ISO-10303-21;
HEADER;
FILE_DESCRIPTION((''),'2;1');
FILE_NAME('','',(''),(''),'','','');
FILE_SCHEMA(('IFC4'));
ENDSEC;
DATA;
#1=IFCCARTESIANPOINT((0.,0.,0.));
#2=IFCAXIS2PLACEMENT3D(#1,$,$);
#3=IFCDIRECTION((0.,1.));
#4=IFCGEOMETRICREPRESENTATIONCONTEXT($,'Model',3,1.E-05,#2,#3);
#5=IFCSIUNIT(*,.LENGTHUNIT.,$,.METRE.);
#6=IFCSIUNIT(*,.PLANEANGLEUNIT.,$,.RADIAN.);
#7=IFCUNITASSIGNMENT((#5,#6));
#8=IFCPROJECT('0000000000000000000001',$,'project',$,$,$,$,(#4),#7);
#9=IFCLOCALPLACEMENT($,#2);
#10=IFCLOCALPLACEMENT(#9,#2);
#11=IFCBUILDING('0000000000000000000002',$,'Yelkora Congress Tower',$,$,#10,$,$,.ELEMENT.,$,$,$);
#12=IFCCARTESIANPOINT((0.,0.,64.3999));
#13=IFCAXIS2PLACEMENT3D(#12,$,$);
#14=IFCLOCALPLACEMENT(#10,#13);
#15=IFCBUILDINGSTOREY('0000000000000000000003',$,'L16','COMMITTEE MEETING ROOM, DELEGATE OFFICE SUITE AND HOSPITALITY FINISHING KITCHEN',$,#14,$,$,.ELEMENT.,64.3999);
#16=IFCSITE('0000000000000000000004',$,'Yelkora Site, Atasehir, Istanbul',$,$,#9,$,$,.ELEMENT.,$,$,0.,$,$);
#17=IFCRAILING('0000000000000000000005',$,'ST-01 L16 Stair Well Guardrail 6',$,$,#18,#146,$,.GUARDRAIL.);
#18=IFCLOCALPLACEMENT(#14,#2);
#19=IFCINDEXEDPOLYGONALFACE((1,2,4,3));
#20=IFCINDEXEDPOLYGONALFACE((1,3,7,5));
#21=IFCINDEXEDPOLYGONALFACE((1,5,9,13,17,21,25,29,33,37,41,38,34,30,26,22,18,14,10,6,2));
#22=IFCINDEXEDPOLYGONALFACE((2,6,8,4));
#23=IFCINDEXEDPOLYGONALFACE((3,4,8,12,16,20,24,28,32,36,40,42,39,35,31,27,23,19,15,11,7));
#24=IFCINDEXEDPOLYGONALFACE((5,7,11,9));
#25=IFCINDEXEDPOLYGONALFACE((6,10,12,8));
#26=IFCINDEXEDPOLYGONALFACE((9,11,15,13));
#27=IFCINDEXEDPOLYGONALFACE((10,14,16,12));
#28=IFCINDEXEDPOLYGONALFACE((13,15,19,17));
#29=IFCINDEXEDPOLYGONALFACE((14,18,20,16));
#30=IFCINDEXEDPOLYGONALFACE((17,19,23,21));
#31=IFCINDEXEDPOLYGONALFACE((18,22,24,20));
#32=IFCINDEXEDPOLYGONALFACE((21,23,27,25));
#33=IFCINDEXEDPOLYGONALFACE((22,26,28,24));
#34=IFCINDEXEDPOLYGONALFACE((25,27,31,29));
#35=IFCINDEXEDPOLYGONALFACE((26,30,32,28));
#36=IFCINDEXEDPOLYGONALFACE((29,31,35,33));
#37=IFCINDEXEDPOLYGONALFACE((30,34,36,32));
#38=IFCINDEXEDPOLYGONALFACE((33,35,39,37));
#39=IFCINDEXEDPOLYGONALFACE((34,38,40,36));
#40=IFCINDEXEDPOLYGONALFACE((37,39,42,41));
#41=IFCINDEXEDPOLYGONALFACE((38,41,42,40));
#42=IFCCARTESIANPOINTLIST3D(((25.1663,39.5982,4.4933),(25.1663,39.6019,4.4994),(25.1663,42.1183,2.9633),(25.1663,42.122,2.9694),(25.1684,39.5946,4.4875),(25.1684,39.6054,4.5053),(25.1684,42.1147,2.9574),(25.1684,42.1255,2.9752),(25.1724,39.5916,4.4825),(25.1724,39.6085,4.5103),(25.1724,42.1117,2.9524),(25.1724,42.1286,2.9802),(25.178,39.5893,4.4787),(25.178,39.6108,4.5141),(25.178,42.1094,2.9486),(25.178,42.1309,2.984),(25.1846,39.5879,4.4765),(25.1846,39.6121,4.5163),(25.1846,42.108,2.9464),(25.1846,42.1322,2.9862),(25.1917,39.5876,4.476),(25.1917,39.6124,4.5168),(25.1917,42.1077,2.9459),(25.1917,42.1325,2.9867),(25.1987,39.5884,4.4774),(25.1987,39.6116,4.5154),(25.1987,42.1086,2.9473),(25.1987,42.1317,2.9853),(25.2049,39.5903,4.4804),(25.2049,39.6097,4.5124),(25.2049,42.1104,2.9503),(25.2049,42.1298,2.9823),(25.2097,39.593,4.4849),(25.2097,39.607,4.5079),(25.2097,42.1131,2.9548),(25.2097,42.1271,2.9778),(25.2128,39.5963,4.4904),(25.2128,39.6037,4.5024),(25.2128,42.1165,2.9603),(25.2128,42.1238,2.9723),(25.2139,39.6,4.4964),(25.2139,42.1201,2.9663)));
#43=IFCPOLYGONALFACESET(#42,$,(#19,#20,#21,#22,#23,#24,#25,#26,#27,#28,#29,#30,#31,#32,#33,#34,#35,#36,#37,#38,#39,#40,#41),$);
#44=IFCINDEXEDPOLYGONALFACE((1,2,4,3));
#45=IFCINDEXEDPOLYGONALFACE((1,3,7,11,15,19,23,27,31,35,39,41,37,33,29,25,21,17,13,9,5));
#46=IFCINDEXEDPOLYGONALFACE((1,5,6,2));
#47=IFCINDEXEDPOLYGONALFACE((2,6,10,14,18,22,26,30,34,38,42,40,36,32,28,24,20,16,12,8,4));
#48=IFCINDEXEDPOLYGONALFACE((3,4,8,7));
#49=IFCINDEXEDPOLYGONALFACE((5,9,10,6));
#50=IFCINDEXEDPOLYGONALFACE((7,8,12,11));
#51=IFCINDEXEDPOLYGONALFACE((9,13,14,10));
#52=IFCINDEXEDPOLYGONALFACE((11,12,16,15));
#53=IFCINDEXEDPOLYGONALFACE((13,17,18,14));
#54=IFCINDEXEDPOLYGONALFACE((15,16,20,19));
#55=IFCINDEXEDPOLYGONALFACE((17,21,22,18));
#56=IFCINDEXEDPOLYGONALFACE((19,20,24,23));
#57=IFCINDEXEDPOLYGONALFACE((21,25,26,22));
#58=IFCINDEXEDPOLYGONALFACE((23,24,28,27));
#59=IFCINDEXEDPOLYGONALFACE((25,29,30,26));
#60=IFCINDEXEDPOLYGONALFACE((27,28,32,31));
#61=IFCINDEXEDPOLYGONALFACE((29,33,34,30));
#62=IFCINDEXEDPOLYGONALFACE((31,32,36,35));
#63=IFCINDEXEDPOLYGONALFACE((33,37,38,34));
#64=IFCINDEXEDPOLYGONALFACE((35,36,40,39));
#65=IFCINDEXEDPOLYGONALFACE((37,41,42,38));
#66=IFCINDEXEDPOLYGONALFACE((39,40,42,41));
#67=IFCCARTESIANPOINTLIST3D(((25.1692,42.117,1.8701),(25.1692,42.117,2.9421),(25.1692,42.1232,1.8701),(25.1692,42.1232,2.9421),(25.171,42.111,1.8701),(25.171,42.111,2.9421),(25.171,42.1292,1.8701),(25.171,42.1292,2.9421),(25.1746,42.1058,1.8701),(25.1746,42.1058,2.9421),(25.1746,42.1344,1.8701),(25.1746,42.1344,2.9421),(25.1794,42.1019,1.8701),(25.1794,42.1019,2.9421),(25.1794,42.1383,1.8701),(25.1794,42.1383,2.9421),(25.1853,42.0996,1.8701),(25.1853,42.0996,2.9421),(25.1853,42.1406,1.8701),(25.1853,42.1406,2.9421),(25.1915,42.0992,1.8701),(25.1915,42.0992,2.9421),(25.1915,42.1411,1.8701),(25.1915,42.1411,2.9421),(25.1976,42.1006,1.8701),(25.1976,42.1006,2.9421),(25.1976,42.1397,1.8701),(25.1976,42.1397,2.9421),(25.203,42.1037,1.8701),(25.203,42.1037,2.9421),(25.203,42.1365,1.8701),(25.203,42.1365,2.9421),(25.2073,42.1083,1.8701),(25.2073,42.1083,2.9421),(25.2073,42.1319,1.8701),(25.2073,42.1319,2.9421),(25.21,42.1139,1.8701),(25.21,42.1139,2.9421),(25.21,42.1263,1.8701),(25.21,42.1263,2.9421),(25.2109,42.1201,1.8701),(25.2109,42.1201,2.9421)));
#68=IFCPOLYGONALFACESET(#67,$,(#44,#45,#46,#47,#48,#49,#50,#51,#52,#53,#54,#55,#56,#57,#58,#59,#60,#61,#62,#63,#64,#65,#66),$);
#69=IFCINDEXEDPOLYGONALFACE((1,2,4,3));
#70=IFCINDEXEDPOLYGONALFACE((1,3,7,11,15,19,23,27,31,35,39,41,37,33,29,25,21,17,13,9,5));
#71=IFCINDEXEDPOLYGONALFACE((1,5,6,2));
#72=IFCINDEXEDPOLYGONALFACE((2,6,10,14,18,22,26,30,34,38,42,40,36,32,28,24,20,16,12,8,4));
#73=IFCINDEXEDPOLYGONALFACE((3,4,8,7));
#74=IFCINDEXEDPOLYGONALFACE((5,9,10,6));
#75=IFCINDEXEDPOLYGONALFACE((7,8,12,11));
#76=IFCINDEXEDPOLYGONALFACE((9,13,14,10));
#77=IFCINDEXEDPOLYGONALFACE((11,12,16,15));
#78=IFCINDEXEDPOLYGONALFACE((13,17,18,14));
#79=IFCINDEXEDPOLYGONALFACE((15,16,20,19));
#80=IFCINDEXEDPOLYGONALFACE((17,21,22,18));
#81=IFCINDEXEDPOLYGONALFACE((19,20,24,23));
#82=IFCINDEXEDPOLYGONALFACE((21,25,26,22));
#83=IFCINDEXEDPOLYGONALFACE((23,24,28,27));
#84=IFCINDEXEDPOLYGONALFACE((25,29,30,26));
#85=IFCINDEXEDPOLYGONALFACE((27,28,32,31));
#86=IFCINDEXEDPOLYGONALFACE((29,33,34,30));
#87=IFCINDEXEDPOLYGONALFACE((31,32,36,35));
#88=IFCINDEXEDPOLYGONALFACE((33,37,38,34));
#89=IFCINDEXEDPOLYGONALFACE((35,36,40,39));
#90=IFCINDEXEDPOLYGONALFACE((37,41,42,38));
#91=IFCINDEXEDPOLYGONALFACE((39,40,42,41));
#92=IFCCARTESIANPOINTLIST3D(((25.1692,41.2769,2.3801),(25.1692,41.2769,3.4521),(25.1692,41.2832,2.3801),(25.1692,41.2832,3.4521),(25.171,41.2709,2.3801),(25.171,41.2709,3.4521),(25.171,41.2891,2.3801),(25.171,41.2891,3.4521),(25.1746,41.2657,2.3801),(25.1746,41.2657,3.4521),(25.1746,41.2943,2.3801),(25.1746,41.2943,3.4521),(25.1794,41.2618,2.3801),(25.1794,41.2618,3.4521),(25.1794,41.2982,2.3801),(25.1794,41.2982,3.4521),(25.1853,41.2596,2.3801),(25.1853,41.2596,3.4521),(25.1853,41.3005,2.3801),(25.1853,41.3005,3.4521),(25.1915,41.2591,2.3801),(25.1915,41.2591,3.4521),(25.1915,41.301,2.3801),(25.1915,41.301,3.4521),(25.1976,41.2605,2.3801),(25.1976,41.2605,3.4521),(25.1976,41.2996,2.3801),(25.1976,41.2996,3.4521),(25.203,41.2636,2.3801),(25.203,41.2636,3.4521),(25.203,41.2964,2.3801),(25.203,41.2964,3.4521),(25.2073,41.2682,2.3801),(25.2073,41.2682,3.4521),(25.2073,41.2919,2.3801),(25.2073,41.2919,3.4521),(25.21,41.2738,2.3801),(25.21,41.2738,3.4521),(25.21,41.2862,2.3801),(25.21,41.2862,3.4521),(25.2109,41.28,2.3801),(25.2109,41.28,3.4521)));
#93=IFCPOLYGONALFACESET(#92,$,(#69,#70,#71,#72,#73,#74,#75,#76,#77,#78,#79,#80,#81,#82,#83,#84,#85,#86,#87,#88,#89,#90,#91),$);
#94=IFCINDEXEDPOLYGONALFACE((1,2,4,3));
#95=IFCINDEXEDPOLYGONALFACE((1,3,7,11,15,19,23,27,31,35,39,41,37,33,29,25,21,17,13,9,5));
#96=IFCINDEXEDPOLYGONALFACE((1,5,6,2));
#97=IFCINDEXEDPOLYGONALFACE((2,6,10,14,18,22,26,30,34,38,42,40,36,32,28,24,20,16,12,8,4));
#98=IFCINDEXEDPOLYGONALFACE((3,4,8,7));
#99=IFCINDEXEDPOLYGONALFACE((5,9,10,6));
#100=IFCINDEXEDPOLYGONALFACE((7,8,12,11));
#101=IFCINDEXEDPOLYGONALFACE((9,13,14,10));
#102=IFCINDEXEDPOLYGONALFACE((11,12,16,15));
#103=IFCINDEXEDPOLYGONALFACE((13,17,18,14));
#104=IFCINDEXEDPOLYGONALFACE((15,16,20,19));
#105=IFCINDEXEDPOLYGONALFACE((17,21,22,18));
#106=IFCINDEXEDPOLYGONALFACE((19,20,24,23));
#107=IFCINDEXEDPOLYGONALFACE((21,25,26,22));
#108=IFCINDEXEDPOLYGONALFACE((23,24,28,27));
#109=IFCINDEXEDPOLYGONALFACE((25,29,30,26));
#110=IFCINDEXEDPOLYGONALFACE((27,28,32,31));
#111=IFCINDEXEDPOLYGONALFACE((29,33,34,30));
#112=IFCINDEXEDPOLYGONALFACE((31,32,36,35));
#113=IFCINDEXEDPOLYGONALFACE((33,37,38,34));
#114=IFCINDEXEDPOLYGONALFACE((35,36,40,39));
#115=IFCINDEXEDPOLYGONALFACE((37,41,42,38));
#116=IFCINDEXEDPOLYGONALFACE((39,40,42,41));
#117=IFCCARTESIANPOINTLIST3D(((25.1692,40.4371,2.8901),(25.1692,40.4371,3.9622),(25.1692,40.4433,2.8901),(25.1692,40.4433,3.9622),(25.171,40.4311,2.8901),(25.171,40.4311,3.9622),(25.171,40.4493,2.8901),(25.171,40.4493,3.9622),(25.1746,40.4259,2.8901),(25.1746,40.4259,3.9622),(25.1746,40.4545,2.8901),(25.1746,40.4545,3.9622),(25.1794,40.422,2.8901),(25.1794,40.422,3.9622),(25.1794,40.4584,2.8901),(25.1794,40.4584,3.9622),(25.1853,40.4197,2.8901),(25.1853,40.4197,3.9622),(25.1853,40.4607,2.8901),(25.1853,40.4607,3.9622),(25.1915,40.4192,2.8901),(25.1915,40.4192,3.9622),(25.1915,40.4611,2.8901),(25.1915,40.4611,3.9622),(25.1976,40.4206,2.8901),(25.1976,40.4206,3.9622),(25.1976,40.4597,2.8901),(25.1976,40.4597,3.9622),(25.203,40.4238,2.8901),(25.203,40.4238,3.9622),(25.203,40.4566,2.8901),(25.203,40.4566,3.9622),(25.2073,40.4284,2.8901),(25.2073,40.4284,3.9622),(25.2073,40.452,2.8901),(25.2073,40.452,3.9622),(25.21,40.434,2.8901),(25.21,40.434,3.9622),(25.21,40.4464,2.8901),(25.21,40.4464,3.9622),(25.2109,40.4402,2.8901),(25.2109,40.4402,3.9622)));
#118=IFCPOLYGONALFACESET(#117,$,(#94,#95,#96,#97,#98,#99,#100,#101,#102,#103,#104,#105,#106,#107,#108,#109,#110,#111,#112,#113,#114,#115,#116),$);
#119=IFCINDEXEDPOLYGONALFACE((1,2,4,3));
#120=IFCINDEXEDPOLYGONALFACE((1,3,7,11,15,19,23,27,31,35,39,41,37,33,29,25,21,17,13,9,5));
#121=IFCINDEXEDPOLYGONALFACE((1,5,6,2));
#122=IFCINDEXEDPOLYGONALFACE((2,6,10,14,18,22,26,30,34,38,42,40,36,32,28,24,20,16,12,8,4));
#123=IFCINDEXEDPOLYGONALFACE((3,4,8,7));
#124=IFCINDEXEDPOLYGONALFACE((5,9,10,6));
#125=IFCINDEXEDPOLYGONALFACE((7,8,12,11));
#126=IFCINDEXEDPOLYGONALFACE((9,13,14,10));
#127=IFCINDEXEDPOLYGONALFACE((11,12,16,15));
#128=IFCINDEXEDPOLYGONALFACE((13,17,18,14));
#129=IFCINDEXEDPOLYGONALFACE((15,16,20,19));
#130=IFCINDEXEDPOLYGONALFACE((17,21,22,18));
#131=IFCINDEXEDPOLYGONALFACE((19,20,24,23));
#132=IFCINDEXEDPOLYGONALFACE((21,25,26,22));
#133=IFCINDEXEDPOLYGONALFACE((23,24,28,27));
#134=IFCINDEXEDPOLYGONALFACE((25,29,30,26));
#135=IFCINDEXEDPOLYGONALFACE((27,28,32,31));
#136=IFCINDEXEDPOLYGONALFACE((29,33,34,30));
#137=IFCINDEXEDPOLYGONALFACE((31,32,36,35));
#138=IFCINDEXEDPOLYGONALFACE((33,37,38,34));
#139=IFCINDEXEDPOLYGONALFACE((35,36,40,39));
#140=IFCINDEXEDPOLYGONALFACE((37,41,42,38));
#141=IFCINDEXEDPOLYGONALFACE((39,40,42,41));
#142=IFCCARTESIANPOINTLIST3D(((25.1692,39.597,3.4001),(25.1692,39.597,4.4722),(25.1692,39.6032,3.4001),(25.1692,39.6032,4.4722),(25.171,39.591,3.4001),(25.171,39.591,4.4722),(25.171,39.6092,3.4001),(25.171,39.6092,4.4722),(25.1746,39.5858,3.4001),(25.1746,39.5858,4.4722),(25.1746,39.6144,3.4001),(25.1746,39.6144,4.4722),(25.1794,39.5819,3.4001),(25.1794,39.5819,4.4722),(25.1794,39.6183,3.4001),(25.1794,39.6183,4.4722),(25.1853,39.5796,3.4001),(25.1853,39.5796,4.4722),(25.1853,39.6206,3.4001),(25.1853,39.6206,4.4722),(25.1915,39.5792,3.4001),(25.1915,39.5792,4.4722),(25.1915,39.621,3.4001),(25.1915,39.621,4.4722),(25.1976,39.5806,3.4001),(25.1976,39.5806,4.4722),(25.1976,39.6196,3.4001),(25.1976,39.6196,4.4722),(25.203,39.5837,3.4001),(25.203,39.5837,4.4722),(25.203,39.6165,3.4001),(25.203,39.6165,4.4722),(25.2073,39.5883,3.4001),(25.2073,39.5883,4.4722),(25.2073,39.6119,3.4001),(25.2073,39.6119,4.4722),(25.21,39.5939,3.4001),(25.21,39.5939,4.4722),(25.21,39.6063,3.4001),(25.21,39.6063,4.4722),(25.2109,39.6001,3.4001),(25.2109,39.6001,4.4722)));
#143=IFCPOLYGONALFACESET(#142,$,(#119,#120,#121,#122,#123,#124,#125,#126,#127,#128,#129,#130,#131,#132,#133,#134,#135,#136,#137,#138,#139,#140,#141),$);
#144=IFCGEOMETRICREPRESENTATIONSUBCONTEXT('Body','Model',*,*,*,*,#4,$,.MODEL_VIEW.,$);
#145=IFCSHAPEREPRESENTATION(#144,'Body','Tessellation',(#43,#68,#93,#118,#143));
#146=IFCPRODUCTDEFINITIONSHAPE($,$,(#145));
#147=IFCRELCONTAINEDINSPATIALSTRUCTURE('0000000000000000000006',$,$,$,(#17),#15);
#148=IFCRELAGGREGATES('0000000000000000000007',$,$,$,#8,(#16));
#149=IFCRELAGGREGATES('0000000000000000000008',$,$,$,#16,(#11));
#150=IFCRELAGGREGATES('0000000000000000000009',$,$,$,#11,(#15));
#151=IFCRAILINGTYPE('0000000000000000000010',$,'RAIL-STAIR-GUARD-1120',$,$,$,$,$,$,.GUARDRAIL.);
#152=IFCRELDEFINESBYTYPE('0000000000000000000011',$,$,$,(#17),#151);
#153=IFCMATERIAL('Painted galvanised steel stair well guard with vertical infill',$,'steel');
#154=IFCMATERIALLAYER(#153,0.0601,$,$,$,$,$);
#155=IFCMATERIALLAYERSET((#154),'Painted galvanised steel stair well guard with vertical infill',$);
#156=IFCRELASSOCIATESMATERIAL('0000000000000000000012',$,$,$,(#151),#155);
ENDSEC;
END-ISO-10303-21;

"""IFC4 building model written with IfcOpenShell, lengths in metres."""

from ifc_helpers import new_model, si_unit, direction, frame, origin, origin_2d, place, context, subcontext, project, spatial, circle, extrude, material, layer, layer_set, type_object, element, save


model = new_model("IFC4")

# Units and contexts
model_context = context("Model", 3, precision=1e-05, world=origin(), true_north=direction((0.0, 1.0)))
body_context = subcontext(model_context, "Body", "Model", "MODEL_VIEW")
ifc_project = project(units=[si_unit("LENGTHUNIT", "METRE"), si_unit("PLANEANGLEUNIT", "RADIAN")], contexts=[model_context])

# Site, building, storey
site_placement = place(None, origin())
site = spatial("IfcSite", under=ifc_project, at=site_placement, Name="Yelkora Site, Atasehir, Istanbul", CompositionType="ELEMENT", RefElevation=0.0)
building_placement = place(site_placement, origin())
building = spatial("IfcBuilding", under=site, at=building_placement, Name="Yelkora Congress Tower", CompositionType="ELEMENT")
storey_placement = place(building_placement, frame((0.0, 0.0, 64.3999)))
storey = spatial("IfcBuildingStorey", under=building, at=storey_placement, Name="L16", Description="COMMITTEE MEETING ROOM, DELEGATE OFFICE SUITE AND HOSPITALITY FINISHING KITCHEN", CompositionType="ELEMENT", Elevation=64.3999)

# Railing
ifc_material_1 = material(Name="Painted galvanised steel stair well guard with vertical infill", Category="steel")
ifc_layer_1 = layer(ifc_material_1, 0.0601)
ifc_layer_set_1 = layer_set([ifc_layer_1], Name="Painted galvanised steel stair well guard with vertical infill")
railing_type_1 = type_object("IfcRailingType", Name="RAIL-STAIR-GUARD-1120", PredefinedType="GUARDRAIL", material=ifc_layer_set_1)
railing_1_placement = place(storey_placement, frame((25.1899, 42.1201, 1.8701)))
element("IfcRailing", 1, at=railing_1_placement, inside=storey, type_object=railing_type_1, Name="ST-01 L16 Stair Well Guardrail 6", PredefinedType="GUARDRAIL", context=body_context, shape_type="SweptSolid", body=[
    extrude(circle(Radius=0.0239, at=origin_2d()), frame((0.0, 0.0, 1.0962), z_axis=(0.0, -0.854785, 0.518982), x_axis=(1.0, 0.0, 0.0)), (0.0, 0.0, 1.0), 2.9482),
    extrude(circle(Radius=0.021, at=origin_2d()), origin(), (0.0, 0.0, 1.0), 1.072),
    extrude(circle(Radius=0.021, at=origin_2d()), frame((0.0, -0.8401, 0.51)), (0.0, 0.0, 1.0), 1.072),
    extrude(circle(Radius=0.021, at=origin_2d()), frame((0.0, -1.6799, 1.02)), (0.0, 0.0, 1.0), 1.072),
    extrude(circle(Radius=0.021, at=origin_2d()), frame((0.0, -2.52, 1.53)), (0.0, 0.0, 1.0), 1.072),
])

save(model, "model.ifc")
